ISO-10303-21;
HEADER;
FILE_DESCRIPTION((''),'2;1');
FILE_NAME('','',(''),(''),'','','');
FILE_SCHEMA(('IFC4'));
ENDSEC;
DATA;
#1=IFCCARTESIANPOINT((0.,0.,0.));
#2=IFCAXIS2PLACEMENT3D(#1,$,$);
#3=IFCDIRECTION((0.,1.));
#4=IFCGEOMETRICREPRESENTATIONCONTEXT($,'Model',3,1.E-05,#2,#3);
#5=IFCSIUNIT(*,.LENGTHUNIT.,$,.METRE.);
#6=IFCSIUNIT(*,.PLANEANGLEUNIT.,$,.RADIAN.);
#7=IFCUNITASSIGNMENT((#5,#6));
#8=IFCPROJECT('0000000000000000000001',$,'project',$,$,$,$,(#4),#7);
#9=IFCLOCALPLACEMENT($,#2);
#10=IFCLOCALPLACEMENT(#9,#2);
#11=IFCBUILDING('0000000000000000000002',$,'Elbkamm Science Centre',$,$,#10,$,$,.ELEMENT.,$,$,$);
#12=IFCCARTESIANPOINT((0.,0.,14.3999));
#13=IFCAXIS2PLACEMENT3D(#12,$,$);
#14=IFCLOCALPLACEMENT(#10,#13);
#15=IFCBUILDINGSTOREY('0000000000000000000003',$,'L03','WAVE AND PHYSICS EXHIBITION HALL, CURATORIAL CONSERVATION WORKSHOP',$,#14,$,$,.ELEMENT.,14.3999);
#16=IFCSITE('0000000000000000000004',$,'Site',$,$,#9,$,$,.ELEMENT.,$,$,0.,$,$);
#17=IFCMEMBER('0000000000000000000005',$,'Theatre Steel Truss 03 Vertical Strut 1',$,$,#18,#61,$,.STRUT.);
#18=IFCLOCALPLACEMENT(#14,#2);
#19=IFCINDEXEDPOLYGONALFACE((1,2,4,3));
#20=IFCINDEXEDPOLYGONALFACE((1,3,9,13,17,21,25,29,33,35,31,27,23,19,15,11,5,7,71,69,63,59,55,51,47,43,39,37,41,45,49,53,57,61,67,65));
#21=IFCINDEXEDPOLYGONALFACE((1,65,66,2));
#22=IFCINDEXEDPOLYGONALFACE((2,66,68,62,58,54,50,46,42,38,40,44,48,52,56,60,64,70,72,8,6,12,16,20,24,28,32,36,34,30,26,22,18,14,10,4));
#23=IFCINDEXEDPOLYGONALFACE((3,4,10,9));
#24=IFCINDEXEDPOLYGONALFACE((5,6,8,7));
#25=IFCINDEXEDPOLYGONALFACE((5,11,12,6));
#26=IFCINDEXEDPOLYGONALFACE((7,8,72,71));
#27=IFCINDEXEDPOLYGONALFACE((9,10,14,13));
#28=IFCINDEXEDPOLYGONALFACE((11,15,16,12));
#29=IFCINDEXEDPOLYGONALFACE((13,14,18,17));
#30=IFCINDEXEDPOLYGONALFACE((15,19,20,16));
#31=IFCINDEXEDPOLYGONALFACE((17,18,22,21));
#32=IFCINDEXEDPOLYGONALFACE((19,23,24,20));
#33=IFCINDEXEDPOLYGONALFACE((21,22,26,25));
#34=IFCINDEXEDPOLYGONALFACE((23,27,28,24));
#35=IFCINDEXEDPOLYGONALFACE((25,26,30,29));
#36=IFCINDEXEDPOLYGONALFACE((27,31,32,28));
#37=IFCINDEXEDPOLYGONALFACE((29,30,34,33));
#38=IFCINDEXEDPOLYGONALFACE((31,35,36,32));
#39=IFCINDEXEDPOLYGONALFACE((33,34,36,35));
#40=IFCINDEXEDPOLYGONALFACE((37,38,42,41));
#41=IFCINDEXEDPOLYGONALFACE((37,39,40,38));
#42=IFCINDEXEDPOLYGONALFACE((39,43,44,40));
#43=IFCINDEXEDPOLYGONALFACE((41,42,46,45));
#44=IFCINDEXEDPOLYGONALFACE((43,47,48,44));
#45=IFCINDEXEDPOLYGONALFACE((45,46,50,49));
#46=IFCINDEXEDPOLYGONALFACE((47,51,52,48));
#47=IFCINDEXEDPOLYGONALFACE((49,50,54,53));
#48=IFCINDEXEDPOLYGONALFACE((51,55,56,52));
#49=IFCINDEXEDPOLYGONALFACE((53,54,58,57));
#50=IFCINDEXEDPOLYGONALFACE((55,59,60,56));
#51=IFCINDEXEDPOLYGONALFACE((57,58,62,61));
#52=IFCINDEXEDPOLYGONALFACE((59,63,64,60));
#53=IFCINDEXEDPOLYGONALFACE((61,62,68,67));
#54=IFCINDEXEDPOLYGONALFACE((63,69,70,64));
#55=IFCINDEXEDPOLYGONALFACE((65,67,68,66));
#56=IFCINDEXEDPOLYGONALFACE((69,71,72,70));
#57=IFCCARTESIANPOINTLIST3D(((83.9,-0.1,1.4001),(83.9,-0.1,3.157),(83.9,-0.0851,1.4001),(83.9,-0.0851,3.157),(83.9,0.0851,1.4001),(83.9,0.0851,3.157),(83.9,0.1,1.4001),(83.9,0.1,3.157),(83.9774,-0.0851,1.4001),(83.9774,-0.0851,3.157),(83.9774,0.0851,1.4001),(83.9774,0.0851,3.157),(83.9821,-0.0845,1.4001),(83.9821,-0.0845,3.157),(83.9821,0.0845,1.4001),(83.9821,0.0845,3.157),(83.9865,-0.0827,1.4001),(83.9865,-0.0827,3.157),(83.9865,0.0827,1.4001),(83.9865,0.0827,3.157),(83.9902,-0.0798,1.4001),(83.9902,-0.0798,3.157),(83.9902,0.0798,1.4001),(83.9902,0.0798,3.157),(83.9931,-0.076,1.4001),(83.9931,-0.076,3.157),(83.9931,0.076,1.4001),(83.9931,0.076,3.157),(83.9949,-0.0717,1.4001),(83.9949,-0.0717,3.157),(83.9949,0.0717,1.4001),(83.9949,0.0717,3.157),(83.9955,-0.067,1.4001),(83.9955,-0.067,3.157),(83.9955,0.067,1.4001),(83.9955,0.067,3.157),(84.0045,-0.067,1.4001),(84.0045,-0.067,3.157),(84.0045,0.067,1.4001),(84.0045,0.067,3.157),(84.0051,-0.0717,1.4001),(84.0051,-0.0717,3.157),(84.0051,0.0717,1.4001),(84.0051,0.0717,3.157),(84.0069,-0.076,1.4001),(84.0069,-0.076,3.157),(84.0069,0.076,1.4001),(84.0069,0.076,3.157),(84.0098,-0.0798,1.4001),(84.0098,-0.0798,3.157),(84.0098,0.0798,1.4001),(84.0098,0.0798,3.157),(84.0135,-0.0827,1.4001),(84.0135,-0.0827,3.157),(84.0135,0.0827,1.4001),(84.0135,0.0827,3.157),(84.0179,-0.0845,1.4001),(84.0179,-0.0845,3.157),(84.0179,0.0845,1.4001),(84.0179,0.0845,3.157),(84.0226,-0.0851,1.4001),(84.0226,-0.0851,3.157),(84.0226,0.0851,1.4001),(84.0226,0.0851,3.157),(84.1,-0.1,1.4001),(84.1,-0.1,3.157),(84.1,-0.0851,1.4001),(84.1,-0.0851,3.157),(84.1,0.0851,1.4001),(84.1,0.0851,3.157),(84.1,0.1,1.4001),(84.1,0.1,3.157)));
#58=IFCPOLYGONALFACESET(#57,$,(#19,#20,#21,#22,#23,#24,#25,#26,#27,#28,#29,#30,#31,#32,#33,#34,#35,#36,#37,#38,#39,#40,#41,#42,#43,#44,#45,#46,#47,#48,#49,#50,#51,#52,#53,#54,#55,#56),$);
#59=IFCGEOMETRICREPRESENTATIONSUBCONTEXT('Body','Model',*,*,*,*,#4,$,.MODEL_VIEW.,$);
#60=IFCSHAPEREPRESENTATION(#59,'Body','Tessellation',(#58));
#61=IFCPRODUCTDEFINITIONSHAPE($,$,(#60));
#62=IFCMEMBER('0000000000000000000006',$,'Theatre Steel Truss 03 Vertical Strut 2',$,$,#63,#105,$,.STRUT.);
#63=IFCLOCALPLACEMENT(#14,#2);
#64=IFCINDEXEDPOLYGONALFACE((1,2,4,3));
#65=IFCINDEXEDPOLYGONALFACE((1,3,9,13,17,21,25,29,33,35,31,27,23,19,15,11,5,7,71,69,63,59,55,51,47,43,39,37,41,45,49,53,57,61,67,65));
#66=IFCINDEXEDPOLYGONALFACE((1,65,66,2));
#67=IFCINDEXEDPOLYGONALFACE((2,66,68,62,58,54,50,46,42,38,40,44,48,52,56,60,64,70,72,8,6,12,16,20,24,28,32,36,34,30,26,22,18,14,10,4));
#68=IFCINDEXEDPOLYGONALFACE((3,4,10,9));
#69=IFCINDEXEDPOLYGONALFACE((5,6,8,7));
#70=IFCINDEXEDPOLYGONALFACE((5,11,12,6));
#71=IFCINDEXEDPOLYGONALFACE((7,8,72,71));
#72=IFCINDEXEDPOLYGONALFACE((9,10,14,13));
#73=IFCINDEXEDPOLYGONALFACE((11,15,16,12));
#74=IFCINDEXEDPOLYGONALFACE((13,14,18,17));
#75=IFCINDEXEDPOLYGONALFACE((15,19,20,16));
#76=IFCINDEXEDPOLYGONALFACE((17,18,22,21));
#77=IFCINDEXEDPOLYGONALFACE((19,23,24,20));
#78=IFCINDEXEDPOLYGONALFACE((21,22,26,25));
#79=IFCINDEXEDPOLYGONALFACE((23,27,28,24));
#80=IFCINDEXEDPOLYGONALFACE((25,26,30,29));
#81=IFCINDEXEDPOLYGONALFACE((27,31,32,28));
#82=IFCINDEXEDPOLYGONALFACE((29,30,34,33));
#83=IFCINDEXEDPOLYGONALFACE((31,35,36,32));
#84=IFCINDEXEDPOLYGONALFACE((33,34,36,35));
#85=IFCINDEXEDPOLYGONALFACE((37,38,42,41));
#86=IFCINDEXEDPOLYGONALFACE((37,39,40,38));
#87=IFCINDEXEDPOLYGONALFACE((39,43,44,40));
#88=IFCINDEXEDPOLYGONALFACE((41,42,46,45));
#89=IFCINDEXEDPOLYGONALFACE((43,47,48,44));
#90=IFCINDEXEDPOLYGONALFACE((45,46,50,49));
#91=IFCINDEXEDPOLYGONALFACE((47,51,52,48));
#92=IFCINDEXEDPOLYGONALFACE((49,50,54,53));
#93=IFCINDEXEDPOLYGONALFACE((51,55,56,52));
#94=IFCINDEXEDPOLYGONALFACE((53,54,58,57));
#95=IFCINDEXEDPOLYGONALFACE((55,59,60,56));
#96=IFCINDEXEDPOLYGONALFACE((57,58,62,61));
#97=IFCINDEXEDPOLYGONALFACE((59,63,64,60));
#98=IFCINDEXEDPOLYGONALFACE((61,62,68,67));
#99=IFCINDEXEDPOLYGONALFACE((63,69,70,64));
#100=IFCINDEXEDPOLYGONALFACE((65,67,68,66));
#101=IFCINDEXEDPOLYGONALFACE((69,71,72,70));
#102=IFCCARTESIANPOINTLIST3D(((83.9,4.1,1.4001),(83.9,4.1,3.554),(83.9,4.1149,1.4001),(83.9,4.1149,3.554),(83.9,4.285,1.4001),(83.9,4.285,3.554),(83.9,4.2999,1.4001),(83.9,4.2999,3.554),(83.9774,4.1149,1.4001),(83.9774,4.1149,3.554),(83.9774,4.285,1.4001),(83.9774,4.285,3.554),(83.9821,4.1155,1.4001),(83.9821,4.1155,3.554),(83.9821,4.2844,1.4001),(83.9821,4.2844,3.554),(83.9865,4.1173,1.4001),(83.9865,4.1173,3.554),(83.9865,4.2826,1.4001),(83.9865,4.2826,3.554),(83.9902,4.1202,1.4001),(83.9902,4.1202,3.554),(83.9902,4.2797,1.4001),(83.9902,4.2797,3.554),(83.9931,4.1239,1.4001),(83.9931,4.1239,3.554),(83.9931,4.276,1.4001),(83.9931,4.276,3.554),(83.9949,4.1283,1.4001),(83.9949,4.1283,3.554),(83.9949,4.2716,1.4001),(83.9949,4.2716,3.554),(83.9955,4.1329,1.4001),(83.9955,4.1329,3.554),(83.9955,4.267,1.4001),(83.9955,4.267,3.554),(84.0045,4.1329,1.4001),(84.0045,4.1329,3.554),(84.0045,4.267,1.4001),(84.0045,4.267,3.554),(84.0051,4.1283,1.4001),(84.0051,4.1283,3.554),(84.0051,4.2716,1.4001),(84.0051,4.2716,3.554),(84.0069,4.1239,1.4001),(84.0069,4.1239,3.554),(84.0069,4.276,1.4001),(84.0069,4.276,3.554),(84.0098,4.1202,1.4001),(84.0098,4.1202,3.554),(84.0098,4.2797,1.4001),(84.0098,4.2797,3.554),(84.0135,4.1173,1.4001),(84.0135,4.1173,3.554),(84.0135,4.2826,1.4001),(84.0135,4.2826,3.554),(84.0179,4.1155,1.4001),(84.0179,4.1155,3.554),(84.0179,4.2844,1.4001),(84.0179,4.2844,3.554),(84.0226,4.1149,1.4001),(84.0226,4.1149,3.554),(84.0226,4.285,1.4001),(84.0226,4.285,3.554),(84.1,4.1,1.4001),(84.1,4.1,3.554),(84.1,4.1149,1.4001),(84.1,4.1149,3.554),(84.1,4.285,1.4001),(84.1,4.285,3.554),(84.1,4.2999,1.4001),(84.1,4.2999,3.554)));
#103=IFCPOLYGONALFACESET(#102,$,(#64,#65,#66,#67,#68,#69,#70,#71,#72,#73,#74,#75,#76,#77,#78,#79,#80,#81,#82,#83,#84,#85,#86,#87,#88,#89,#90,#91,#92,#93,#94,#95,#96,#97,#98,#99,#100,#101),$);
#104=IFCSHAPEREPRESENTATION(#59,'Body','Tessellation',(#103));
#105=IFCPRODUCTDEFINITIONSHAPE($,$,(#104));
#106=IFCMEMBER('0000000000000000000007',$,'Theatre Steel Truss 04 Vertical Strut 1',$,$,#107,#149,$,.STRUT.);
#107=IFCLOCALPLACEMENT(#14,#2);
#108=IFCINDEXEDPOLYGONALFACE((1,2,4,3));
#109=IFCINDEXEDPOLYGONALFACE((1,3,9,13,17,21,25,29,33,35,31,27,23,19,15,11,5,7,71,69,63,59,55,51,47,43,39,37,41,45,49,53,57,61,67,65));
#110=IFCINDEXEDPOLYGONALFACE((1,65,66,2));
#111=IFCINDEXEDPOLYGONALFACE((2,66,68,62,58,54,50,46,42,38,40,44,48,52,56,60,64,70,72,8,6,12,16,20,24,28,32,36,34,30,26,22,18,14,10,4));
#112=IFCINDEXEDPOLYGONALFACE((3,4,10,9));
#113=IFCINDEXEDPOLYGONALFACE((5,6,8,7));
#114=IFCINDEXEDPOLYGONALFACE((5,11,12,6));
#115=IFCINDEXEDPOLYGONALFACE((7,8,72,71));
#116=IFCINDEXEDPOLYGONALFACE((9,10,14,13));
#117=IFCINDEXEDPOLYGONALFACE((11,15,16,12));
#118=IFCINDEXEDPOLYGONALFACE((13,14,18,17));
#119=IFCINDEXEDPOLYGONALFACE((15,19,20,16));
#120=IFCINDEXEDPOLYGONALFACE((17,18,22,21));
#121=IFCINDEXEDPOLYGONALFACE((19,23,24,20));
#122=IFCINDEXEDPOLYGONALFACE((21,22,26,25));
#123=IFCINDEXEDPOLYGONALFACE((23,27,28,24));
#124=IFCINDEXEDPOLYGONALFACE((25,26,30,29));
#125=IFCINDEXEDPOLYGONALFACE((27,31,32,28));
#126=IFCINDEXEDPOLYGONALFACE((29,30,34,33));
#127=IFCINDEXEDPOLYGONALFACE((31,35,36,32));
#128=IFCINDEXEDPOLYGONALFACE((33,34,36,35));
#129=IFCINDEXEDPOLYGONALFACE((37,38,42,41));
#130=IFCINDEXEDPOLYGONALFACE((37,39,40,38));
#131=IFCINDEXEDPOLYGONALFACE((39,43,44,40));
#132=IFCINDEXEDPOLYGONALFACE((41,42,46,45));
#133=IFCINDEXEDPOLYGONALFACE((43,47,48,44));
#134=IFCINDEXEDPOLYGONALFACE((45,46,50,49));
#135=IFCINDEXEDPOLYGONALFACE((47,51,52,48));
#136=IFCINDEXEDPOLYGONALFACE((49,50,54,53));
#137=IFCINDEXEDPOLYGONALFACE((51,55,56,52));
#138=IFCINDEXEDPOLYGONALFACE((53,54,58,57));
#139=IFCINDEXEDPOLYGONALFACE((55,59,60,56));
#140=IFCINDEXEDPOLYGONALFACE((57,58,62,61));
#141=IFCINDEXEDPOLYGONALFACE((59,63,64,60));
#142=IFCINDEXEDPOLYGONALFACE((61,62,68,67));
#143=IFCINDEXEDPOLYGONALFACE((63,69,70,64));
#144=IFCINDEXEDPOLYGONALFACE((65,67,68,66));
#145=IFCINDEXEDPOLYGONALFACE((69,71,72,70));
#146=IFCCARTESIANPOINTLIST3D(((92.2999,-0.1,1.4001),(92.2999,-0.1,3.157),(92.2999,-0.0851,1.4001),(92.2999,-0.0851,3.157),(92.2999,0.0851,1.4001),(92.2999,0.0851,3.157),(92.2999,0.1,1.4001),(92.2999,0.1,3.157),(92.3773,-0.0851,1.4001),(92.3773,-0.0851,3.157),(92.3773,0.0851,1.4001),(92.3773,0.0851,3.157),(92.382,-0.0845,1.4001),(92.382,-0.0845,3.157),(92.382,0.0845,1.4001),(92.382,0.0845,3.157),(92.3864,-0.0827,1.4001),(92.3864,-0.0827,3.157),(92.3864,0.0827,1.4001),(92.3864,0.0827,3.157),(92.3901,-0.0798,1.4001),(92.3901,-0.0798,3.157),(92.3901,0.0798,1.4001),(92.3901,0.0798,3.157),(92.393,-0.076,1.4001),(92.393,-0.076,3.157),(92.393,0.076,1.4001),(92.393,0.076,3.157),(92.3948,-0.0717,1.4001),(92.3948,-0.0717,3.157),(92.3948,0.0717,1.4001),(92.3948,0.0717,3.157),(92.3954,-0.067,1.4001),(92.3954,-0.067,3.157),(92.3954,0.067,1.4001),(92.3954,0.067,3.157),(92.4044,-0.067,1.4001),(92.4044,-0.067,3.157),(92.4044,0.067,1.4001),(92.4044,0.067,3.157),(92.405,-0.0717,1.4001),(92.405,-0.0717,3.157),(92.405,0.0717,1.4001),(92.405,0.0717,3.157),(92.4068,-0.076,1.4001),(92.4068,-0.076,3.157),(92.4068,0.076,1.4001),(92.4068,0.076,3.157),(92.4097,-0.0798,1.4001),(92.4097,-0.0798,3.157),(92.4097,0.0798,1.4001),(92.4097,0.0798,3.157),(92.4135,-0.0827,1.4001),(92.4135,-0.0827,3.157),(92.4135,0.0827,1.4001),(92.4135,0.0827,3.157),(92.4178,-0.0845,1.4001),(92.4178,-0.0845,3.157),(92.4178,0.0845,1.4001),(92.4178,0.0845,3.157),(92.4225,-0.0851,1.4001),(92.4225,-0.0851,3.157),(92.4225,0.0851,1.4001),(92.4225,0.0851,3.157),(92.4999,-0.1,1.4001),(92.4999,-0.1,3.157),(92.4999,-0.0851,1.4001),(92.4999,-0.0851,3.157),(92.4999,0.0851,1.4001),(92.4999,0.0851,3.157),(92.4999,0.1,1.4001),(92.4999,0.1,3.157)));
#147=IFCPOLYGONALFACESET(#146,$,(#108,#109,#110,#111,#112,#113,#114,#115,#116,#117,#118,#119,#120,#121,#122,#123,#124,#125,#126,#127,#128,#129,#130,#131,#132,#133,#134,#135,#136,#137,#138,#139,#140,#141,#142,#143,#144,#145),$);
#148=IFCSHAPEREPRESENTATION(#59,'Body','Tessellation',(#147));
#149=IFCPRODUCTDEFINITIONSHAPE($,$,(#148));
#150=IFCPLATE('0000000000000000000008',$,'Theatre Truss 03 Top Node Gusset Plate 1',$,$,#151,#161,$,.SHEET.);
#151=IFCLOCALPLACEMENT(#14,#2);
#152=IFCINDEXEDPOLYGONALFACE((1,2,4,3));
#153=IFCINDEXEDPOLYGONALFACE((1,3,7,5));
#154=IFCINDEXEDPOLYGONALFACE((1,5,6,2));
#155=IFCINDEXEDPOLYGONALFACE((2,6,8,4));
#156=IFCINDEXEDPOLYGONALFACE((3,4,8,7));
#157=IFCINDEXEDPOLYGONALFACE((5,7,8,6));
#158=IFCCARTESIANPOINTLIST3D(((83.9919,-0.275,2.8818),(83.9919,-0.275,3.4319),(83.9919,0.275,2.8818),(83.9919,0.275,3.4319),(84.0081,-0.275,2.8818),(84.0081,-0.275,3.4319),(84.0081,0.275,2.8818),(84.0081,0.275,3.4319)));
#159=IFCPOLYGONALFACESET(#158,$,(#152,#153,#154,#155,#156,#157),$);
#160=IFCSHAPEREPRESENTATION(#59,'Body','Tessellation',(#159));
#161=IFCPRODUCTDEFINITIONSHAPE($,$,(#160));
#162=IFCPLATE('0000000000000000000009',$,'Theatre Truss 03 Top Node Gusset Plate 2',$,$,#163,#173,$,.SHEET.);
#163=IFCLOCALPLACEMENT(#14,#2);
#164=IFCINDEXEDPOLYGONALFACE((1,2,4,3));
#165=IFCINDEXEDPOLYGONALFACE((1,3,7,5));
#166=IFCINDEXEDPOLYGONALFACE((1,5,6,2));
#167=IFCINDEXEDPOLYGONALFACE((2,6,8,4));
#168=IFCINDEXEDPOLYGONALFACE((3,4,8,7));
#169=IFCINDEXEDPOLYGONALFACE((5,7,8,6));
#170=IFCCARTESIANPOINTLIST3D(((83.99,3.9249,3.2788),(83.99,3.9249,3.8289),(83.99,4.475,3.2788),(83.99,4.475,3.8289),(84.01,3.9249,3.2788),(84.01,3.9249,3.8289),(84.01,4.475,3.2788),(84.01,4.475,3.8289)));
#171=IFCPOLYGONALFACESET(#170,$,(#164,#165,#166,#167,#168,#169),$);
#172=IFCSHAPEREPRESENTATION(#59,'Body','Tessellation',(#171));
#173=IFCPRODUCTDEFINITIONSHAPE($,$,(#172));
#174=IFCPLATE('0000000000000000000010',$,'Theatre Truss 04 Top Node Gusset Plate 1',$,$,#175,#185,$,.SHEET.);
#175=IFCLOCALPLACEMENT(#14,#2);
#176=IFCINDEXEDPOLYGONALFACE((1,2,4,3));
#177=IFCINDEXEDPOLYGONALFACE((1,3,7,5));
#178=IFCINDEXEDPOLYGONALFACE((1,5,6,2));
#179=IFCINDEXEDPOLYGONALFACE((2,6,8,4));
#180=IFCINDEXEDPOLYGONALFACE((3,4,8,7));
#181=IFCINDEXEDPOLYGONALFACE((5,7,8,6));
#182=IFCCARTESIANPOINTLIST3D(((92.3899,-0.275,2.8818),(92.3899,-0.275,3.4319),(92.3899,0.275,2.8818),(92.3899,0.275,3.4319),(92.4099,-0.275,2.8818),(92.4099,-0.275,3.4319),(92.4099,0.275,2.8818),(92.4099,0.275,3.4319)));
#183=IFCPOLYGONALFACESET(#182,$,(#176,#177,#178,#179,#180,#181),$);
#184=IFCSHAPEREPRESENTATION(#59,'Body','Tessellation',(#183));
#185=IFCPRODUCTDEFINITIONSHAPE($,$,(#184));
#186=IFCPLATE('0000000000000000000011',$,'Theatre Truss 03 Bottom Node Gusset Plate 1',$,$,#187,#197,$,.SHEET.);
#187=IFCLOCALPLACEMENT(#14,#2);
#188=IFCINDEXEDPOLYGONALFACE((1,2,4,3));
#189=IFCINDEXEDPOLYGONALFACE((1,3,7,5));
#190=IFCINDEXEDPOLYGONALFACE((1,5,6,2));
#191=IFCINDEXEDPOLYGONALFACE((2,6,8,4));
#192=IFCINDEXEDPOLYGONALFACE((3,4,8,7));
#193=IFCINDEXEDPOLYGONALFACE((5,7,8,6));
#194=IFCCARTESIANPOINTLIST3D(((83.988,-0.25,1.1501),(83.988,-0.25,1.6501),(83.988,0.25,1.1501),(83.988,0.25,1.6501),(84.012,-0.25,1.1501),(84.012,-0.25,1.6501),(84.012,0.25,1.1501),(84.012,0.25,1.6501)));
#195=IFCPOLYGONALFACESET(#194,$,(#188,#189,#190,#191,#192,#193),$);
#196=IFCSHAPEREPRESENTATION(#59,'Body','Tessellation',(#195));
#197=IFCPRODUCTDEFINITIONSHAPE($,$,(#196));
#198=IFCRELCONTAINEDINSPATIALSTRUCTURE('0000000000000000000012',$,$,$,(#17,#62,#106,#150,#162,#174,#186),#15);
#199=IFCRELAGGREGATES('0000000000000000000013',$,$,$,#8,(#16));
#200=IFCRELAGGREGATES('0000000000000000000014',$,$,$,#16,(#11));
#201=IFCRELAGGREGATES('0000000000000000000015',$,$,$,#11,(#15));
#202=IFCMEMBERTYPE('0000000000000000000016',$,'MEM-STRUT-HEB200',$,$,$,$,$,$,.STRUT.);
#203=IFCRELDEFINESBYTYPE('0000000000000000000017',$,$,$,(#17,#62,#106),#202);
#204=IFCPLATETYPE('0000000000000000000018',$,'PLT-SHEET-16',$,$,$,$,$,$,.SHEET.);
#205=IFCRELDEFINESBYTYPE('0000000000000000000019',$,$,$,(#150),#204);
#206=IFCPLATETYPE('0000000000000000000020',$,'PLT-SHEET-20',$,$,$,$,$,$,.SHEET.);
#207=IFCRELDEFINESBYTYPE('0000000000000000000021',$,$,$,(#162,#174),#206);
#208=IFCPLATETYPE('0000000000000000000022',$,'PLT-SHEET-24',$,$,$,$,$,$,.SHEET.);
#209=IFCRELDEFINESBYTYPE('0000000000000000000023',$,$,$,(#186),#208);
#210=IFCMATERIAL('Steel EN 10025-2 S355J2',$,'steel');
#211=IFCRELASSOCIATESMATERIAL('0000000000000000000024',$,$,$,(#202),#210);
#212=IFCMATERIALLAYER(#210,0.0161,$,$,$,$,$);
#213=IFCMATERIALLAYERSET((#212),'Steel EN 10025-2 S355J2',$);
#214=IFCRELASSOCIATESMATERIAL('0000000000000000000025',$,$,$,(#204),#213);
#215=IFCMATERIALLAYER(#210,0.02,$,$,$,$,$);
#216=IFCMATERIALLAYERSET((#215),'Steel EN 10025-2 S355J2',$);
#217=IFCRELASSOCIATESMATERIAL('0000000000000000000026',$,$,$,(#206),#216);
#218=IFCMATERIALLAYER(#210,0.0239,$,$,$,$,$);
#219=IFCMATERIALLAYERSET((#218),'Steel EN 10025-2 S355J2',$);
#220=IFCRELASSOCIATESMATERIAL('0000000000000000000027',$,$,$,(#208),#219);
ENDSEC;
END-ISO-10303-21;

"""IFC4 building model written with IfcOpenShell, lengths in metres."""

from ifc_helpers import new_model, si_unit, direction, frame, origin, origin_2d, place, context, subcontext, project, spatial, rectangle, i_section, extrude, material, layer, layer_set, material_profile, profile_set, type_object, element, save


model = new_model("IFC4")

# Units and contexts
model_context = context("Model", 3, precision=1e-05, world=origin(), true_north=direction((0.0, 1.0)))
body_context = subcontext(model_context, "Body", "Model", "MODEL_VIEW")
ifc_project = project(units=[si_unit("LENGTHUNIT", "METRE"), si_unit("PLANEANGLEUNIT", "RADIAN")], contexts=[model_context])

# Site, building, storey
site_placement = place(None, origin())
site = spatial("IfcSite", under=ifc_project, at=site_placement, Name="Site", CompositionType="ELEMENT", RefElevation=0.0)
building_placement = place(site_placement, origin())
building = spatial("IfcBuilding", under=site, at=building_placement, Name="Elbkamm Science Centre", CompositionType="ELEMENT")
storey_placement = place(building_placement, frame((0.0, 0.0, 14.3999)))
storey = spatial("IfcBuildingStorey", under=building, at=storey_placement, Name="L03", Description="WAVE AND PHYSICS EXHIBITION HALL, CURATORIAL CONSERVATION WORKSHOP", CompositionType="ELEMENT", Elevation=14.3999)

# Shared definitions
ifc_material_1 = material(Name="Steel EN 10025-2 S355J2", Category="steel")

# Members
ifc_material_profile_1 = material_profile(ifc_material_1, i_section(OverallWidth=0.2, OverallDepth=0.2, WebThickness=0.009, FlangeThickness=0.0149, FilletRadius=0.0181, at=origin_2d()), Name="HEB 200")
ifc_profile_set_1 = profile_set([ifc_material_profile_1], Name="Steel EN 10025-2 S355J2")
member_type_1 = type_object("IfcMemberType", Name="MEM-STRUT-HEB200", PredefinedType="STRUT", material=ifc_profile_set_1)
member_1_placement = place(storey_placement, frame((84.0, 0.0, 1.4001), z_axis=(0.0, 0.0, 1.0), x_axis=(1.0, 0.0, 0.0)))
element("IfcMember", 1, at=member_1_placement, inside=storey, type_object=member_type_1, Name="Theatre Steel Truss 03 Vertical Strut 1", PredefinedType="STRUT", context=body_context, shape_type="SweptSolid", body=[
    extrude(i_section(OverallWidth=0.2, OverallDepth=0.2, WebThickness=0.009, FlangeThickness=0.0149, FilletRadius=0.0181, at=origin_2d()), origin(), (0.0, 0.0, 1.0), 1.7568),
])
member_2_placement = place(storey_placement, frame((84.0, 4.2, 1.4001), z_axis=(0.0, 0.0, 1.0), x_axis=(1.0, 0.0, 0.0)))
element("IfcMember", 2, at=member_2_placement, inside=storey, type_object=member_type_1, Name="Theatre Steel Truss 03 Vertical Strut 2", PredefinedType="STRUT", context=body_context, shape_type="SweptSolid", body=[
    extrude(i_section(OverallWidth=0.2, OverallDepth=0.2, WebThickness=0.009, FlangeThickness=0.0149, FilletRadius=0.0181, at=origin_2d()), origin(), (0.0, 0.0, 1.0), 2.1538),
])
member_3_placement = place(storey_placement, frame((92.3999, 0.0, 1.4001), z_axis=(0.0, 0.0, 1.0), x_axis=(1.0, 0.0, 0.0)))
element("IfcMember", 3, at=member_3_placement, inside=storey, type_object=member_type_1, Name="Theatre Steel Truss 04 Vertical Strut 1", PredefinedType="STRUT", context=body_context, shape_type="SweptSolid", body=[
    extrude(i_section(OverallWidth=0.2, OverallDepth=0.2, WebThickness=0.009, FlangeThickness=0.0149, FilletRadius=0.0181, at=origin_2d()), origin(), (0.0, 0.0, 1.0), 1.7568),
])

# Plates
ifc_layer_1 = layer(ifc_material_1, 0.0161)
ifc_layer_set_1 = layer_set([ifc_layer_1], Name="Steel EN 10025-2 S355J2")
plate_type_1 = type_object("IfcPlateType", Name="PLT-SHEET-16", PredefinedType="SHEET", material=ifc_layer_set_1)
plate_placement = place(storey_placement, frame((84.0, 0.0, 2.8818), z_axis=(0.0, 0.0, 1.0), x_axis=(1.0, 0.0, 0.0)))
element("IfcPlate", 4, at=plate_placement, inside=storey, type_object=plate_type_1, Name="Theatre Truss 03 Top Node Gusset Plate 1", PredefinedType="SHEET", context=body_context, shape_type="SweptSolid", body=[
    extrude(rectangle(XDim=0.0161, YDim=0.55, at=origin_2d()), origin(), (0.0, 0.0, 1.0), 0.55),
])
ifc_layer_2 = layer(ifc_material_1, 0.02)
ifc_layer_set_2 = layer_set([ifc_layer_2], Name="Steel EN 10025-2 S355J2")
plate_type_2 = type_object("IfcPlateType", Name="PLT-SHEET-20", PredefinedType="SHEET", material=ifc_layer_set_2)
for number, where, z_axis, x_axis, name in (
    (5, (84.0, 4.2, 3.2788), (0.0, 0.0, 1.0), (1.0, 0.0, 0.0), "Theatre Truss 03 Top Node Gusset Plate 2"),
    (6, (92.3999, 0.0, 2.8818), (0.0, 0.0, 1.0), (1.0, 0.0, 0.0), "Theatre Truss 04 Top Node Gusset Plate 1"),
):
    element("IfcPlate", number, at=place(storey_placement, frame(where, z_axis=z_axis, x_axis=x_axis)), inside=storey, type_object=plate_type_2, Name=name, PredefinedType="SHEET", context=body_context, shape_type="SweptSolid", body=[
        extrude(rectangle(XDim=0.02, YDim=0.55, at=origin_2d()), origin(), (0.0, 0.0, 1.0), 0.55),
    ])
ifc_layer_3 = layer(ifc_material_1, 0.0239)
ifc_layer_set_3 = layer_set([ifc_layer_3], Name="Steel EN 10025-2 S355J2")
plate_type_3 = type_object("IfcPlateType", Name="PLT-SHEET-24", PredefinedType="SHEET", material=ifc_layer_set_3)
for number, where, z_axis, x_axis, name in (
    (7, (84.0, 0.0, 1.1501), (0.0, 0.0, 1.0), (1.0, 0.0, 0.0), "Theatre Truss 03 Bottom Node Gusset Plate 1"),
):
    element("IfcPlate", number, at=place(storey_placement, frame(where, z_axis=z_axis, x_axis=x_axis)), inside=storey, type_object=plate_type_3, Name=name, PredefinedType="SHEET", context=body_context, shape_type="SweptSolid", body=[
        extrude(rectangle(XDim=0.0239, YDim=0.5, at=origin_2d()), origin(), (0.0, 0.0, 1.0), 0.5),
    ])

save(model, "model.ifc")
